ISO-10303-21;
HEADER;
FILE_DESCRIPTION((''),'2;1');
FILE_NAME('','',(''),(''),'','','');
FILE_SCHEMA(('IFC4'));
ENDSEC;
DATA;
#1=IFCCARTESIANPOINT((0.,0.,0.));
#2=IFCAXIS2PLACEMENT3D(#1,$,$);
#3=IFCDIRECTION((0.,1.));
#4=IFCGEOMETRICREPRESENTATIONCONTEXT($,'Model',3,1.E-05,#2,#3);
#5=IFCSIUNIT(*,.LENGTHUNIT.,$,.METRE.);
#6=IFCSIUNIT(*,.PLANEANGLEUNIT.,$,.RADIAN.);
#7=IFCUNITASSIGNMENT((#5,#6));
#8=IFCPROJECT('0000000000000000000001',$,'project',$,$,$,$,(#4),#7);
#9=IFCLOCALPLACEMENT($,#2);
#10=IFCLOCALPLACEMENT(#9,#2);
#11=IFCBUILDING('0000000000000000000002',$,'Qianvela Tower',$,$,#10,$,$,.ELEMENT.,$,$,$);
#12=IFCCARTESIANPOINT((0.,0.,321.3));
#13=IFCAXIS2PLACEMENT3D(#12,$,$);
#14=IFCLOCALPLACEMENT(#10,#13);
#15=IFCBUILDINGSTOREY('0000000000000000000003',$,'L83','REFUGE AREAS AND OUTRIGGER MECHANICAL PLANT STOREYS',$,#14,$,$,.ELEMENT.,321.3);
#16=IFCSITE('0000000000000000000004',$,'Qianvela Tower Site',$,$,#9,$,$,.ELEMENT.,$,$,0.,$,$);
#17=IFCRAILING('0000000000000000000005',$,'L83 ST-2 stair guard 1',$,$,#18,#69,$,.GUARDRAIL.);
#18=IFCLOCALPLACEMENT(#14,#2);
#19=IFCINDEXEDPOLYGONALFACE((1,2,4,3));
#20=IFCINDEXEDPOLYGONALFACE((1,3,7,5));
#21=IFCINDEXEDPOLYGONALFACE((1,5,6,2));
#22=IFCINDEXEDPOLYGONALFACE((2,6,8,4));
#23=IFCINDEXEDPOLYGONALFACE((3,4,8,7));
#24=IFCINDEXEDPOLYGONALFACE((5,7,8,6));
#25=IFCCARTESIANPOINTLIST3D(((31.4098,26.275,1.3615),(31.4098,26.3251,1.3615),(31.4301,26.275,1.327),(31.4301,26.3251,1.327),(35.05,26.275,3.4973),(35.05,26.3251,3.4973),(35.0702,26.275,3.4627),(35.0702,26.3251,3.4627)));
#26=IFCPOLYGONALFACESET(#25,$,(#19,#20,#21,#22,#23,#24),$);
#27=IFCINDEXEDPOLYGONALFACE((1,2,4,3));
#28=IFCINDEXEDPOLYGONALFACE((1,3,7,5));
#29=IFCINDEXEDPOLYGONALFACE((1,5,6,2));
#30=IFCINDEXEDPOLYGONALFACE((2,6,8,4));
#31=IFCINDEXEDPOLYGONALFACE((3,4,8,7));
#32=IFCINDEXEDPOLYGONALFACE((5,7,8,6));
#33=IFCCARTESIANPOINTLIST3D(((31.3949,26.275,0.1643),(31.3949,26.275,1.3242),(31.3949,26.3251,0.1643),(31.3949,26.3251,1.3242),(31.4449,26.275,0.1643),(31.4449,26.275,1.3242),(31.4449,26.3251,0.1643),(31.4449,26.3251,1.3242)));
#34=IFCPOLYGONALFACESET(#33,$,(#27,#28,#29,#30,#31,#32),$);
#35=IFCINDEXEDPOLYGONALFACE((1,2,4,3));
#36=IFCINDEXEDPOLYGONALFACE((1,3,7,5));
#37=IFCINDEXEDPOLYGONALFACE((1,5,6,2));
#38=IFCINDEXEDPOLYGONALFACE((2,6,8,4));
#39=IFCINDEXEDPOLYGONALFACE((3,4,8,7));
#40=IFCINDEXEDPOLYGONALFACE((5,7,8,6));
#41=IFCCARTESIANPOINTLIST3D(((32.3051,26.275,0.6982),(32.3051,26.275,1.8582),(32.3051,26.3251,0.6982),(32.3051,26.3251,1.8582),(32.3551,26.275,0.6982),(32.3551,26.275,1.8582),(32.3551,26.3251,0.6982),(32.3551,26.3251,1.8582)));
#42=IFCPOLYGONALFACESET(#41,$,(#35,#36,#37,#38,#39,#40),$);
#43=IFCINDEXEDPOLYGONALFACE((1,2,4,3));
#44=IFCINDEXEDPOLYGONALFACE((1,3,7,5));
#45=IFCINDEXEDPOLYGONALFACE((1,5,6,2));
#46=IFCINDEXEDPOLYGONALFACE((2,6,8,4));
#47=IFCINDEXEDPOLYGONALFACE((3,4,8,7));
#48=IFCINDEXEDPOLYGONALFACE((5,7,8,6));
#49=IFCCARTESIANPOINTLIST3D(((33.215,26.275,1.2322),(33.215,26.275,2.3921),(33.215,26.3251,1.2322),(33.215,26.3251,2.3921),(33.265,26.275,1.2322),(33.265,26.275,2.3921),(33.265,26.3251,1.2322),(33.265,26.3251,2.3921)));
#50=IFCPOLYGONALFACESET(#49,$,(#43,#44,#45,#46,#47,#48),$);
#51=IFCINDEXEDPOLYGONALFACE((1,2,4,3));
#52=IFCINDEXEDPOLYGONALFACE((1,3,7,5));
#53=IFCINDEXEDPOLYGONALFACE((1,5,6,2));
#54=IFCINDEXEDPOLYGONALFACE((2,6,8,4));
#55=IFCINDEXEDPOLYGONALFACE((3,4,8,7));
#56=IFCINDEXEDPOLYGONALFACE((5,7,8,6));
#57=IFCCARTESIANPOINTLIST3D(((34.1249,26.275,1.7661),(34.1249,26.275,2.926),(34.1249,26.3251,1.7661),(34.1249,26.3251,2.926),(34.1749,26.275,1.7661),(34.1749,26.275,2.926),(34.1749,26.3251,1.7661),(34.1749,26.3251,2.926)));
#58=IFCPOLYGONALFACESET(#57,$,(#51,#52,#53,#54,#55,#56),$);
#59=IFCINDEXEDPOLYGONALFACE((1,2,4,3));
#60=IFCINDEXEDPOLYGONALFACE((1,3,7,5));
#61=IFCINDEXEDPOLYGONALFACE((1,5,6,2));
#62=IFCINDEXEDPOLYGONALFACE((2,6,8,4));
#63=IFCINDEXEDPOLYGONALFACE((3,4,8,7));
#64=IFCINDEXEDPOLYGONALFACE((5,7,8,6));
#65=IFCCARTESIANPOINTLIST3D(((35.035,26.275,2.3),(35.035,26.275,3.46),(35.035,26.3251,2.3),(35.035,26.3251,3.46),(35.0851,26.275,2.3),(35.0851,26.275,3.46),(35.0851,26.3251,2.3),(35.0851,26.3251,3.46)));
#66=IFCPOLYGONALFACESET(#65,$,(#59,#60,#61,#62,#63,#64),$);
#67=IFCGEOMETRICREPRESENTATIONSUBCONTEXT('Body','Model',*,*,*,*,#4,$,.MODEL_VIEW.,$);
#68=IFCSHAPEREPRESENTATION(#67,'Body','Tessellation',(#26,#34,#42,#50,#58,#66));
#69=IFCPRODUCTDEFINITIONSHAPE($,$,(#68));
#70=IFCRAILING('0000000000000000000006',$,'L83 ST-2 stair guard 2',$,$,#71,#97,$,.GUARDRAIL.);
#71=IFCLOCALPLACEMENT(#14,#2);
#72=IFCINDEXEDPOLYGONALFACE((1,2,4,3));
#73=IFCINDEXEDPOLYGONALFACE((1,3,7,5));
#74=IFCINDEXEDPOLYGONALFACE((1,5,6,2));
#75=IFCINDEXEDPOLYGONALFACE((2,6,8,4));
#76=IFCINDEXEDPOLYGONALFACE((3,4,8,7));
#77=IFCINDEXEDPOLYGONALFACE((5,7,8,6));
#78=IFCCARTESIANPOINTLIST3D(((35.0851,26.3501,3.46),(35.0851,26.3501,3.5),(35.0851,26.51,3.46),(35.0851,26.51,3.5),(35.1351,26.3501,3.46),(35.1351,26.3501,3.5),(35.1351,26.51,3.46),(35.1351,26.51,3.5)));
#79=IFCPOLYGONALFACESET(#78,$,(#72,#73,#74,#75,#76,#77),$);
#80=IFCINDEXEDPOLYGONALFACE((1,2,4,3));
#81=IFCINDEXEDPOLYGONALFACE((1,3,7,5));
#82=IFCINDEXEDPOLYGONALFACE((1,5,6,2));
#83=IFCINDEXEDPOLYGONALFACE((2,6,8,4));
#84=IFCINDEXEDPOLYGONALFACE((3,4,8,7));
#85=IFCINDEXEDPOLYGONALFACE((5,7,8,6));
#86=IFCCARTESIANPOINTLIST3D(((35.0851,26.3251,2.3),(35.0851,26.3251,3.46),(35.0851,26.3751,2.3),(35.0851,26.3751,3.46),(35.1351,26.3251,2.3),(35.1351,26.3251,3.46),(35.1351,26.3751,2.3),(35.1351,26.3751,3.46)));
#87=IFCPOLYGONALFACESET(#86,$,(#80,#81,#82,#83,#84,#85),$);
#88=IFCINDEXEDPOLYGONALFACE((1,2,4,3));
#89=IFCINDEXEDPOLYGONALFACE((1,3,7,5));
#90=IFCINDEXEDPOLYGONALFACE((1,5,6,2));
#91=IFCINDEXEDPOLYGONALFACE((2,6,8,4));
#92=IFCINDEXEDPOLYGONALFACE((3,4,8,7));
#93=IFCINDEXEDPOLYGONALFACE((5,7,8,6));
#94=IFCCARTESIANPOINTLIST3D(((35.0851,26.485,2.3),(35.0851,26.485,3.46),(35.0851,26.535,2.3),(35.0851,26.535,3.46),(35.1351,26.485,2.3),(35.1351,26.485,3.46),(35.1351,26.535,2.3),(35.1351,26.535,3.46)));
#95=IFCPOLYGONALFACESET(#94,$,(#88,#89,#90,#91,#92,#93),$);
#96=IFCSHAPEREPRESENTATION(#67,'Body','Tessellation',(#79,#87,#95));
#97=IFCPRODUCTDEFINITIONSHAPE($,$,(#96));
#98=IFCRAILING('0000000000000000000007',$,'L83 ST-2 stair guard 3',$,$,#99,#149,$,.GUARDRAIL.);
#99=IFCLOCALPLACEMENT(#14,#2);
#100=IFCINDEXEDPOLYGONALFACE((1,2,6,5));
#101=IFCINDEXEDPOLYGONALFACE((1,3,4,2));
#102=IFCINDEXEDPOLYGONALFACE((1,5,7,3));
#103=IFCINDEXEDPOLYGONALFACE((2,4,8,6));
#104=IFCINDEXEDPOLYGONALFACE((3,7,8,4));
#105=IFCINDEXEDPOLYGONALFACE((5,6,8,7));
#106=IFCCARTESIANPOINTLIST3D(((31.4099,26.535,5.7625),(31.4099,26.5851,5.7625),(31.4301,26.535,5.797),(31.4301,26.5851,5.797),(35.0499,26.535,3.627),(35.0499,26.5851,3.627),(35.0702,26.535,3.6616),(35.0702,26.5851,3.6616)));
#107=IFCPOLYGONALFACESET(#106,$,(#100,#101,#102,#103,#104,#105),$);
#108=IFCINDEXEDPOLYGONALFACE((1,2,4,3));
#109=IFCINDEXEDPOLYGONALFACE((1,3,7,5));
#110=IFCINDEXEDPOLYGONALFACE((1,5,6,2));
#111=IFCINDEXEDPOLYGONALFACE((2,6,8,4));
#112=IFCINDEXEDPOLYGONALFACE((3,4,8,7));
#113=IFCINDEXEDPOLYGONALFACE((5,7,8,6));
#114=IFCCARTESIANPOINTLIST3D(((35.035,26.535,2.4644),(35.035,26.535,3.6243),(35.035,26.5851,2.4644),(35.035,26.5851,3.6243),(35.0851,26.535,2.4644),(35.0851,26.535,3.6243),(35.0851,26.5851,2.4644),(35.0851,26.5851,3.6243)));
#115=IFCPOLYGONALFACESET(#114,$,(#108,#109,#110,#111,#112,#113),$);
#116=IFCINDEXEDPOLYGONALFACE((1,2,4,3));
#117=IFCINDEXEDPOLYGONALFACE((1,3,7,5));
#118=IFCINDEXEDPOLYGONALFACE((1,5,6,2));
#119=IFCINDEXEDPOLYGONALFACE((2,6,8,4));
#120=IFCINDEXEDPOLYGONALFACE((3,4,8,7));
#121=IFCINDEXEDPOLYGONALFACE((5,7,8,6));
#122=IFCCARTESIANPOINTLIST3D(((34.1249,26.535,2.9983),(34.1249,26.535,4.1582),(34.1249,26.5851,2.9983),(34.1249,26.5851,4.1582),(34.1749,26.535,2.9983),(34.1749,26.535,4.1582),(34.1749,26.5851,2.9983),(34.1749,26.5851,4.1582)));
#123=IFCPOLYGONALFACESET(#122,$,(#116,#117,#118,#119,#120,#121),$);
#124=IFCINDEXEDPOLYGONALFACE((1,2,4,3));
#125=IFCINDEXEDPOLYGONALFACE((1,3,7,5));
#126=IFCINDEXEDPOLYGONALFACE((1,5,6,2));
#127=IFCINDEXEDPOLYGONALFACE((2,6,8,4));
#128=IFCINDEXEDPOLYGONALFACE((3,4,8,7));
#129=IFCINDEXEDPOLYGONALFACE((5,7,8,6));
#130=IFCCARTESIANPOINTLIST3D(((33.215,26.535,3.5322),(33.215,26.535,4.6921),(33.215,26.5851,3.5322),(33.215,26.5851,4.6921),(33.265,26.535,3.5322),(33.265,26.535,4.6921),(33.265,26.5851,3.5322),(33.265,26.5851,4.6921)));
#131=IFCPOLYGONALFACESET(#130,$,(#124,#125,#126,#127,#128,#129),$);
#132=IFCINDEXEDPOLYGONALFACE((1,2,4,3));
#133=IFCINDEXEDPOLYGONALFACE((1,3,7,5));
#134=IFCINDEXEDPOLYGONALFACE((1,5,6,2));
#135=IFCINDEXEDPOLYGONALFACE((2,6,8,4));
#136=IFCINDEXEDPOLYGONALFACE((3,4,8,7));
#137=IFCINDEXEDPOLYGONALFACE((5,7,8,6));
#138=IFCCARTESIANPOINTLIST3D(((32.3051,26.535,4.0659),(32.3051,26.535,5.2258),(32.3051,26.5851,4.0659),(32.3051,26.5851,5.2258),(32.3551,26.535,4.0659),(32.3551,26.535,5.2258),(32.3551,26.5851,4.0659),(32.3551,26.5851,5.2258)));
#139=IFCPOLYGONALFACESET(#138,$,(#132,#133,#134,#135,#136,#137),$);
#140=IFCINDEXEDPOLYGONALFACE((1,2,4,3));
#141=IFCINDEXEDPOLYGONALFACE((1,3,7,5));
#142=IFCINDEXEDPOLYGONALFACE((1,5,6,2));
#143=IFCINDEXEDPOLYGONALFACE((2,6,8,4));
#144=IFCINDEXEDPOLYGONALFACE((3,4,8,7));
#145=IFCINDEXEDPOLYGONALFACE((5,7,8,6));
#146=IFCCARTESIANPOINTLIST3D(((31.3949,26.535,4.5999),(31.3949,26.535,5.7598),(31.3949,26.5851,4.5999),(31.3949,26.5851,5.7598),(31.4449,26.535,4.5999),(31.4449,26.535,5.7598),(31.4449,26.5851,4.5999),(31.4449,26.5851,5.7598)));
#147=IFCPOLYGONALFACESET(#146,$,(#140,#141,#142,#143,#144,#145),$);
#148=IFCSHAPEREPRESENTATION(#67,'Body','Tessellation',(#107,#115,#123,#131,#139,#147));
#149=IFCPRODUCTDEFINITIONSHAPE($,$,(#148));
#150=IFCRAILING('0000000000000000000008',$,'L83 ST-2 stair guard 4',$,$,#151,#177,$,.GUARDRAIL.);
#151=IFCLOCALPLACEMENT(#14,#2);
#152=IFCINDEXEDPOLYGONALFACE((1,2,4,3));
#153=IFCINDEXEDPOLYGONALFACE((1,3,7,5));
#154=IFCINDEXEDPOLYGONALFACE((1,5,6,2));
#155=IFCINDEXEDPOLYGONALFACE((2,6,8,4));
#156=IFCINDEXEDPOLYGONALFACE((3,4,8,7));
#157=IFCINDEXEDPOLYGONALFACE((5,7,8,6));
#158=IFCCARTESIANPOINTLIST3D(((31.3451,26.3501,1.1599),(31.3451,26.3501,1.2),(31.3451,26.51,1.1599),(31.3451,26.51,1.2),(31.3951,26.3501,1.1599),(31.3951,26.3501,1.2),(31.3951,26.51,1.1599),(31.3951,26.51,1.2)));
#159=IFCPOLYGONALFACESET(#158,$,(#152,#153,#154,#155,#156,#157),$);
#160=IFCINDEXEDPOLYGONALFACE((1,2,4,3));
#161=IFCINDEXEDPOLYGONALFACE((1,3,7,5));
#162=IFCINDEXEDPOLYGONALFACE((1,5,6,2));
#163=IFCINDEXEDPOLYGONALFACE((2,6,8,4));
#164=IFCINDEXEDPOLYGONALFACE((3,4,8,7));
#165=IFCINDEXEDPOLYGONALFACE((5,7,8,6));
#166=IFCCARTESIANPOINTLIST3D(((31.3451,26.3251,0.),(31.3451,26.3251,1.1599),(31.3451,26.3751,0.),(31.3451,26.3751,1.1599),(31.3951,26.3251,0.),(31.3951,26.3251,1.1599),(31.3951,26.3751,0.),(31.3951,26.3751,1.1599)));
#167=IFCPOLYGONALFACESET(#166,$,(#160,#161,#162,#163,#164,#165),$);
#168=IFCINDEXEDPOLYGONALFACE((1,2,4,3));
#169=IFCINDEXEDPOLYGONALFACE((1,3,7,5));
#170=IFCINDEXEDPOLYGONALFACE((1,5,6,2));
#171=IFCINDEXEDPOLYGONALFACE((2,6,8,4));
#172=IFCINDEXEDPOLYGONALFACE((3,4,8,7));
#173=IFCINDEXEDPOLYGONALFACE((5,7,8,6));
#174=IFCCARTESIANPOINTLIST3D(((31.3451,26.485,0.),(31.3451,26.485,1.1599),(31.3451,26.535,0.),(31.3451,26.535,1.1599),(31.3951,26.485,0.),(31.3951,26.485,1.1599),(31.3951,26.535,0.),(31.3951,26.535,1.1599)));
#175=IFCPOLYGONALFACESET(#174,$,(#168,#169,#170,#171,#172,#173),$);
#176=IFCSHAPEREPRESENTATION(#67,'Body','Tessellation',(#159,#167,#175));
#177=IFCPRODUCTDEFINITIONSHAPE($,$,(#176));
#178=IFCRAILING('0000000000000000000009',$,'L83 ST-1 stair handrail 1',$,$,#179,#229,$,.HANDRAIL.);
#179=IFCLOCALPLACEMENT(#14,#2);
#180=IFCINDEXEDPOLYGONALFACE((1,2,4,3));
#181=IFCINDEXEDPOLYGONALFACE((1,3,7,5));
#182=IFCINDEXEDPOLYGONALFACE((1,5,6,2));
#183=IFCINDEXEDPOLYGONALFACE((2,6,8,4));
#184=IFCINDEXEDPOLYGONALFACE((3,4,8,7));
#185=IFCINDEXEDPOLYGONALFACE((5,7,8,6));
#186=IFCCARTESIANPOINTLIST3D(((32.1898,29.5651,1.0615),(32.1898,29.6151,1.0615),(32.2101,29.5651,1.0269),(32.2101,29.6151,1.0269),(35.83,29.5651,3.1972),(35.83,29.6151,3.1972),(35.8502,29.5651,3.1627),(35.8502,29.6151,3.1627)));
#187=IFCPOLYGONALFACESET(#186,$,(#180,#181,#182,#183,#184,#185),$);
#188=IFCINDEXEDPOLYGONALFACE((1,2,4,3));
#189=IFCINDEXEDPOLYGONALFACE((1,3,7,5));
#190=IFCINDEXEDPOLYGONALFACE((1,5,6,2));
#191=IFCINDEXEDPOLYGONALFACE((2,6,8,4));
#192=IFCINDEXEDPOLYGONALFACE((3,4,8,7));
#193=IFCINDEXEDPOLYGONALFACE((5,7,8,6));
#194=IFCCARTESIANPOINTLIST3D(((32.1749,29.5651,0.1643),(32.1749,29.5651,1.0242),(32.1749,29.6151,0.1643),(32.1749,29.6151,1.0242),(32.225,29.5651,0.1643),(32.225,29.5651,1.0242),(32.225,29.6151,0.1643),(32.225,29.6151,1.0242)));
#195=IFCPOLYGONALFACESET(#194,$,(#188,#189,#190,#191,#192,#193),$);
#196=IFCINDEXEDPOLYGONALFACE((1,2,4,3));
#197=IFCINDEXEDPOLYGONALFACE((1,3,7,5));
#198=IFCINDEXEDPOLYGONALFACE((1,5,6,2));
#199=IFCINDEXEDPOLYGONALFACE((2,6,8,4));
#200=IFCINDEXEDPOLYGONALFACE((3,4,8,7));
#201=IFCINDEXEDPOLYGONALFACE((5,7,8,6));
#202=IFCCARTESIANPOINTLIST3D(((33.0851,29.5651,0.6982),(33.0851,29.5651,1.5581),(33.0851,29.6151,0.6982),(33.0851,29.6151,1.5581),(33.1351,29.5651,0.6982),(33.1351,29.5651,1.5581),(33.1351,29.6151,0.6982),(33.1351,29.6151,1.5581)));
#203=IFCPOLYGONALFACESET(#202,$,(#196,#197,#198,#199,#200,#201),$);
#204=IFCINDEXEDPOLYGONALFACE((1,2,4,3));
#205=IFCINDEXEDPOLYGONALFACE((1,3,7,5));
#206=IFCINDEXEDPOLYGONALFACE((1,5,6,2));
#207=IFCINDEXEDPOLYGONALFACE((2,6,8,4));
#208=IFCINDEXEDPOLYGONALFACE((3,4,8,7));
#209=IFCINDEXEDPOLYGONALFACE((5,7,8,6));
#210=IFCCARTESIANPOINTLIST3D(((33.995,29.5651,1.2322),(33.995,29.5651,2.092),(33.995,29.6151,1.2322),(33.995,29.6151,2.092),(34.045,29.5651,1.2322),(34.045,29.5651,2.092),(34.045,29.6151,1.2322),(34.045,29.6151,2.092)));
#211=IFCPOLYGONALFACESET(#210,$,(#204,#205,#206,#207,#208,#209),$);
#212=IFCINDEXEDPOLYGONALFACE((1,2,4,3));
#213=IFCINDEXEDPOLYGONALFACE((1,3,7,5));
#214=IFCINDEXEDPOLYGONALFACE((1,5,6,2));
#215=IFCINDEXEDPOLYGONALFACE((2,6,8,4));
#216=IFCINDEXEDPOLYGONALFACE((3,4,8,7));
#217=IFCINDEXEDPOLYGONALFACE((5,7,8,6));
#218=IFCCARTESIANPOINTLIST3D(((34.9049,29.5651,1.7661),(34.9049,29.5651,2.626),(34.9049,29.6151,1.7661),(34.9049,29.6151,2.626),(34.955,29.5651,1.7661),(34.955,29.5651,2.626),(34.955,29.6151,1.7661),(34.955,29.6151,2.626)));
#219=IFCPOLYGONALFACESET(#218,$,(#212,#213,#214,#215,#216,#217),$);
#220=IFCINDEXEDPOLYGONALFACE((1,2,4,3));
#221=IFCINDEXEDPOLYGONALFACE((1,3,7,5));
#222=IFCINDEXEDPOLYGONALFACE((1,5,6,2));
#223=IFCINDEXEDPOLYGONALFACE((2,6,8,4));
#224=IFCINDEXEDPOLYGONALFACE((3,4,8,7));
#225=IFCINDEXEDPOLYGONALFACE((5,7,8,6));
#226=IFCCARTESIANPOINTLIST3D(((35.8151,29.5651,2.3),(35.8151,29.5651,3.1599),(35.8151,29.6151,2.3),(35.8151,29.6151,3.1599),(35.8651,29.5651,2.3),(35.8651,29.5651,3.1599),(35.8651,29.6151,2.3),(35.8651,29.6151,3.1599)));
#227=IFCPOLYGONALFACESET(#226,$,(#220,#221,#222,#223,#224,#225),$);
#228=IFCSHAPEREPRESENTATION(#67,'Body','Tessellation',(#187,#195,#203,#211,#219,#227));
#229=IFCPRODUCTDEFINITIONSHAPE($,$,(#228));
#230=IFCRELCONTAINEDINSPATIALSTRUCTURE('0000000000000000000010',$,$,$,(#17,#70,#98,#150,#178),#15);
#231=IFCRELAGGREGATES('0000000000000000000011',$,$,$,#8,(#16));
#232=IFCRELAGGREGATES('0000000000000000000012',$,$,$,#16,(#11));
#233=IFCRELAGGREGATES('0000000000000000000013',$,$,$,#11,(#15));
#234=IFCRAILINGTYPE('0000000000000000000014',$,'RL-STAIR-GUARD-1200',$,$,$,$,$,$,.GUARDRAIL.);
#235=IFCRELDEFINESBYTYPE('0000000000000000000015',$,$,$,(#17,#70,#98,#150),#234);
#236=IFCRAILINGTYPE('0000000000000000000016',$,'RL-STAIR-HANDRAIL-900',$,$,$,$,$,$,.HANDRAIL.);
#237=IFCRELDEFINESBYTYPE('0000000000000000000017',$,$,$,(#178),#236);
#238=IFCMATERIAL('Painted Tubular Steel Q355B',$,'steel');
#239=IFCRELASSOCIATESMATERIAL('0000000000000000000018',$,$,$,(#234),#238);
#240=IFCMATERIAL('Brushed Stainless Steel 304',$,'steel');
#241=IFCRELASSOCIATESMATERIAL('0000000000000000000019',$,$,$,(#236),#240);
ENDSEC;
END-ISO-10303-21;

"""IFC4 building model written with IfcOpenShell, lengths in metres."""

from ifc_helpers import new_model, si_unit, direction, frame, origin, origin_2d, place, context, subcontext, project, spatial, rectangle, extrude, material, type_object, element, save


model = new_model("IFC4")

# Units and contexts
model_context = context("Model", 3, precision=1e-05, world=origin(), true_north=direction((0.0, 1.0)))
body_context = subcontext(model_context, "Body", "Model", "MODEL_VIEW")
ifc_project = project(units=[si_unit("LENGTHUNIT", "METRE"), si_unit("PLANEANGLEUNIT", "RADIAN")], contexts=[model_context])

# Site, building, storey
site_placement = place(None, origin())
site = spatial("IfcSite", under=ifc_project, at=site_placement, Name="Qianvela Tower Site", CompositionType="ELEMENT", RefElevation=0.0)
building_placement = place(site_placement, origin())
building = spatial("IfcBuilding", under=site, at=building_placement, Name="Qianvela Tower", CompositionType="ELEMENT")
storey_placement = place(building_placement, frame((0.0, 0.0, 321.3)))
storey = spatial("IfcBuildingStorey", under=building, at=storey_placement, Name="L83", Description="REFUGE AREAS AND OUTRIGGER MECHANICAL PLANT STOREYS", CompositionType="ELEMENT", Elevation=321.3)

# Railings
ifc_material_1 = material(Name="Painted Tubular Steel Q355B", Category="steel")
railing_type_1 = type_object("IfcRailingType", Name="RL-STAIR-GUARD-1200", PredefinedType="GUARDRAIL", material=ifc_material_1)
railing_1_placement = place(storey_placement, frame((31.4199, 26.3, 0.1643)))
element("IfcRailing", 1, at=railing_1_placement, inside=storey, type_object=railing_type_1, Name="L83 ST-2 stair guard 1", PredefinedType="GUARDRAIL", context=body_context, shape_type="SweptSolid", body=[
    extrude(rectangle(XDim=0.05, YDim=0.04, at=origin_2d()), frame((0.0, 0.0, 1.1799), z_axis=(0.862505, 0.0, 0.506049), x_axis=(0.0, 1.0, 0.0)), (0.0, 0.0, 1.0), 4.2205),
    extrude(rectangle(XDim=0.05, YDim=0.05, at=origin_2d()), origin(), (0.0, 0.0, 1.0), 1.1599),
    extrude(rectangle(XDim=0.05, YDim=0.05, at=origin_2d()), frame((0.9102, 0.0, 0.5339)), (0.0, 0.0, 1.0), 1.1599),
    extrude(rectangle(XDim=0.05, YDim=0.05, at=origin_2d()), frame((1.8201, 0.0, 1.0679)), (0.0, 0.0, 1.0), 1.1599),
    extrude(rectangle(XDim=0.05, YDim=0.05, at=origin_2d()), frame((2.73, 0.0, 1.6018)), (0.0, 0.0, 1.0), 1.1599),
    extrude(rectangle(XDim=0.05, YDim=0.05, at=origin_2d()), frame((3.6401, 0.0, 2.1357)), (0.0, 0.0, 1.0), 1.1599),
])
railing_2_placement = place(storey_placement, frame((35.1101, 26.3501, 2.3)))
element("IfcRailing", 2, at=railing_2_placement, inside=storey, type_object=railing_type_1, Name="L83 ST-2 stair guard 2", PredefinedType="GUARDRAIL", context=body_context, shape_type="SweptSolid", body=[
    extrude(rectangle(XDim=0.05, YDim=0.04, at=origin_2d()), frame((0.0, 0.0, 1.1799), z_axis=(0.0, 1.0, 0.0), x_axis=(-1.0, 0.0, 0.0)), (0.0, 0.0, 1.0), 0.1599),
    extrude(rectangle(XDim=0.05, YDim=0.05, at=origin_2d()), origin(), (0.0, 0.0, 1.0), 1.1599),
    extrude(rectangle(XDim=0.05, YDim=0.05, at=origin_2d()), frame((0.0, 0.1599, 0.0)), (0.0, 0.0, 1.0), 1.1599),
])
railing_3_placement = place(storey_placement, frame((35.0601, 26.5601, 2.4644)))
element("IfcRailing", 3, at=railing_3_placement, inside=storey, type_object=railing_type_1, Name="L83 ST-2 stair guard 3", PredefinedType="GUARDRAIL", context=body_context, shape_type="SweptSolid", body=[
    extrude(rectangle(XDim=0.05, YDim=0.04, at=origin_2d()), frame((0.0, 0.0, 1.1799), z_axis=(-0.86253, 0.0, 0.506006), x_axis=(0.0, -1.0, 0.0)), (0.0, 0.0, 1.0), 4.2202),
    extrude(rectangle(XDim=0.05, YDim=0.05, at=origin_2d()), origin(), (0.0, 0.0, 1.0), 1.1599),
    extrude(rectangle(XDim=0.05, YDim=0.05, at=origin_2d()), frame((-0.9102, 0.0, 0.5339)), (0.0, 0.0, 1.0), 1.1599),
    extrude(rectangle(XDim=0.05, YDim=0.05, at=origin_2d()), frame((-1.8201, 0.0, 1.0679)), (0.0, 0.0, 1.0), 1.1599),
    extrude(rectangle(XDim=0.05, YDim=0.05, at=origin_2d()), frame((-2.73, 0.0, 1.6016)), (0.0, 0.0, 1.0), 1.1599),
    extrude(rectangle(XDim=0.05, YDim=0.05, at=origin_2d()), frame((-3.6401, 0.0, 2.1355)), (0.0, 0.0, 1.0), 1.1599),
])
railing_4_placement = place(storey_placement, frame((31.3701, 26.3501, 0.0)))
element("IfcRailing", 4, at=railing_4_placement, inside=storey, type_object=railing_type_1, Name="L83 ST-2 stair guard 4", PredefinedType="GUARDRAIL", context=body_context, shape_type="SweptSolid", body=[
    extrude(rectangle(XDim=0.05, YDim=0.04, at=origin_2d()), frame((0.0, 0.0, 1.1799), z_axis=(0.0, 1.0, 0.0), x_axis=(-1.0, 0.0, 0.0)), (0.0, 0.0, 1.0), 0.1599),
    extrude(rectangle(XDim=0.05, YDim=0.05, at=origin_2d()), origin(), (0.0, 0.0, 1.0), 1.1599),
    extrude(rectangle(XDim=0.05, YDim=0.05, at=origin_2d()), frame((0.0, 0.1599, 0.0)), (0.0, 0.0, 1.0), 1.1599),
])
ifc_material_2 = material(Name="Brushed Stainless Steel 304", Category="steel")
railing_type_2 = type_object("IfcRailingType", Name="RL-STAIR-HANDRAIL-900", PredefinedType="HANDRAIL", material=ifc_material_2)
for number, where, name in (
    (5, (32.2, 29.5901, 0.1643), "L83 ST-1 stair handrail 1"),
):
    element("IfcRailing", number, at=place(storey_placement, frame(where)), inside=storey, type_object=railing_type_2, Name=name, PredefinedType="HANDRAIL", context=body_context, shape_type="SweptSolid", body=[
        extrude(rectangle(XDim=0.05, YDim=0.04, at=origin_2d()), frame((0.0, 0.0, 0.8799), z_axis=(0.862505, 0.0, 0.506049), x_axis=(0.0, 1.0, 0.0)), (0.0, 0.0, 1.0), 4.2205),
        extrude(rectangle(XDim=0.05, YDim=0.05, at=origin_2d()), origin(), (0.0, 0.0, 1.0), 0.8599),
        extrude(rectangle(XDim=0.05, YDim=0.05, at=origin_2d()), frame((0.9102, 0.0, 0.5339)), (0.0, 0.0, 1.0), 0.8599),
        extrude(rectangle(XDim=0.05, YDim=0.05, at=origin_2d()), frame((1.8201, 0.0, 1.0679)), (0.0, 0.0, 1.0), 0.8599),
        extrude(rectangle(XDim=0.05, YDim=0.05, at=origin_2d()), frame((2.73, 0.0, 1.6018)), (0.0, 0.0, 1.0), 0.8599),
        extrude(rectangle(XDim=0.05, YDim=0.05, at=origin_2d()), frame((3.6401, 0.0, 2.1357)), (0.0, 0.0, 1.0), 0.8599),
    ])

save(model, "model.ifc")
